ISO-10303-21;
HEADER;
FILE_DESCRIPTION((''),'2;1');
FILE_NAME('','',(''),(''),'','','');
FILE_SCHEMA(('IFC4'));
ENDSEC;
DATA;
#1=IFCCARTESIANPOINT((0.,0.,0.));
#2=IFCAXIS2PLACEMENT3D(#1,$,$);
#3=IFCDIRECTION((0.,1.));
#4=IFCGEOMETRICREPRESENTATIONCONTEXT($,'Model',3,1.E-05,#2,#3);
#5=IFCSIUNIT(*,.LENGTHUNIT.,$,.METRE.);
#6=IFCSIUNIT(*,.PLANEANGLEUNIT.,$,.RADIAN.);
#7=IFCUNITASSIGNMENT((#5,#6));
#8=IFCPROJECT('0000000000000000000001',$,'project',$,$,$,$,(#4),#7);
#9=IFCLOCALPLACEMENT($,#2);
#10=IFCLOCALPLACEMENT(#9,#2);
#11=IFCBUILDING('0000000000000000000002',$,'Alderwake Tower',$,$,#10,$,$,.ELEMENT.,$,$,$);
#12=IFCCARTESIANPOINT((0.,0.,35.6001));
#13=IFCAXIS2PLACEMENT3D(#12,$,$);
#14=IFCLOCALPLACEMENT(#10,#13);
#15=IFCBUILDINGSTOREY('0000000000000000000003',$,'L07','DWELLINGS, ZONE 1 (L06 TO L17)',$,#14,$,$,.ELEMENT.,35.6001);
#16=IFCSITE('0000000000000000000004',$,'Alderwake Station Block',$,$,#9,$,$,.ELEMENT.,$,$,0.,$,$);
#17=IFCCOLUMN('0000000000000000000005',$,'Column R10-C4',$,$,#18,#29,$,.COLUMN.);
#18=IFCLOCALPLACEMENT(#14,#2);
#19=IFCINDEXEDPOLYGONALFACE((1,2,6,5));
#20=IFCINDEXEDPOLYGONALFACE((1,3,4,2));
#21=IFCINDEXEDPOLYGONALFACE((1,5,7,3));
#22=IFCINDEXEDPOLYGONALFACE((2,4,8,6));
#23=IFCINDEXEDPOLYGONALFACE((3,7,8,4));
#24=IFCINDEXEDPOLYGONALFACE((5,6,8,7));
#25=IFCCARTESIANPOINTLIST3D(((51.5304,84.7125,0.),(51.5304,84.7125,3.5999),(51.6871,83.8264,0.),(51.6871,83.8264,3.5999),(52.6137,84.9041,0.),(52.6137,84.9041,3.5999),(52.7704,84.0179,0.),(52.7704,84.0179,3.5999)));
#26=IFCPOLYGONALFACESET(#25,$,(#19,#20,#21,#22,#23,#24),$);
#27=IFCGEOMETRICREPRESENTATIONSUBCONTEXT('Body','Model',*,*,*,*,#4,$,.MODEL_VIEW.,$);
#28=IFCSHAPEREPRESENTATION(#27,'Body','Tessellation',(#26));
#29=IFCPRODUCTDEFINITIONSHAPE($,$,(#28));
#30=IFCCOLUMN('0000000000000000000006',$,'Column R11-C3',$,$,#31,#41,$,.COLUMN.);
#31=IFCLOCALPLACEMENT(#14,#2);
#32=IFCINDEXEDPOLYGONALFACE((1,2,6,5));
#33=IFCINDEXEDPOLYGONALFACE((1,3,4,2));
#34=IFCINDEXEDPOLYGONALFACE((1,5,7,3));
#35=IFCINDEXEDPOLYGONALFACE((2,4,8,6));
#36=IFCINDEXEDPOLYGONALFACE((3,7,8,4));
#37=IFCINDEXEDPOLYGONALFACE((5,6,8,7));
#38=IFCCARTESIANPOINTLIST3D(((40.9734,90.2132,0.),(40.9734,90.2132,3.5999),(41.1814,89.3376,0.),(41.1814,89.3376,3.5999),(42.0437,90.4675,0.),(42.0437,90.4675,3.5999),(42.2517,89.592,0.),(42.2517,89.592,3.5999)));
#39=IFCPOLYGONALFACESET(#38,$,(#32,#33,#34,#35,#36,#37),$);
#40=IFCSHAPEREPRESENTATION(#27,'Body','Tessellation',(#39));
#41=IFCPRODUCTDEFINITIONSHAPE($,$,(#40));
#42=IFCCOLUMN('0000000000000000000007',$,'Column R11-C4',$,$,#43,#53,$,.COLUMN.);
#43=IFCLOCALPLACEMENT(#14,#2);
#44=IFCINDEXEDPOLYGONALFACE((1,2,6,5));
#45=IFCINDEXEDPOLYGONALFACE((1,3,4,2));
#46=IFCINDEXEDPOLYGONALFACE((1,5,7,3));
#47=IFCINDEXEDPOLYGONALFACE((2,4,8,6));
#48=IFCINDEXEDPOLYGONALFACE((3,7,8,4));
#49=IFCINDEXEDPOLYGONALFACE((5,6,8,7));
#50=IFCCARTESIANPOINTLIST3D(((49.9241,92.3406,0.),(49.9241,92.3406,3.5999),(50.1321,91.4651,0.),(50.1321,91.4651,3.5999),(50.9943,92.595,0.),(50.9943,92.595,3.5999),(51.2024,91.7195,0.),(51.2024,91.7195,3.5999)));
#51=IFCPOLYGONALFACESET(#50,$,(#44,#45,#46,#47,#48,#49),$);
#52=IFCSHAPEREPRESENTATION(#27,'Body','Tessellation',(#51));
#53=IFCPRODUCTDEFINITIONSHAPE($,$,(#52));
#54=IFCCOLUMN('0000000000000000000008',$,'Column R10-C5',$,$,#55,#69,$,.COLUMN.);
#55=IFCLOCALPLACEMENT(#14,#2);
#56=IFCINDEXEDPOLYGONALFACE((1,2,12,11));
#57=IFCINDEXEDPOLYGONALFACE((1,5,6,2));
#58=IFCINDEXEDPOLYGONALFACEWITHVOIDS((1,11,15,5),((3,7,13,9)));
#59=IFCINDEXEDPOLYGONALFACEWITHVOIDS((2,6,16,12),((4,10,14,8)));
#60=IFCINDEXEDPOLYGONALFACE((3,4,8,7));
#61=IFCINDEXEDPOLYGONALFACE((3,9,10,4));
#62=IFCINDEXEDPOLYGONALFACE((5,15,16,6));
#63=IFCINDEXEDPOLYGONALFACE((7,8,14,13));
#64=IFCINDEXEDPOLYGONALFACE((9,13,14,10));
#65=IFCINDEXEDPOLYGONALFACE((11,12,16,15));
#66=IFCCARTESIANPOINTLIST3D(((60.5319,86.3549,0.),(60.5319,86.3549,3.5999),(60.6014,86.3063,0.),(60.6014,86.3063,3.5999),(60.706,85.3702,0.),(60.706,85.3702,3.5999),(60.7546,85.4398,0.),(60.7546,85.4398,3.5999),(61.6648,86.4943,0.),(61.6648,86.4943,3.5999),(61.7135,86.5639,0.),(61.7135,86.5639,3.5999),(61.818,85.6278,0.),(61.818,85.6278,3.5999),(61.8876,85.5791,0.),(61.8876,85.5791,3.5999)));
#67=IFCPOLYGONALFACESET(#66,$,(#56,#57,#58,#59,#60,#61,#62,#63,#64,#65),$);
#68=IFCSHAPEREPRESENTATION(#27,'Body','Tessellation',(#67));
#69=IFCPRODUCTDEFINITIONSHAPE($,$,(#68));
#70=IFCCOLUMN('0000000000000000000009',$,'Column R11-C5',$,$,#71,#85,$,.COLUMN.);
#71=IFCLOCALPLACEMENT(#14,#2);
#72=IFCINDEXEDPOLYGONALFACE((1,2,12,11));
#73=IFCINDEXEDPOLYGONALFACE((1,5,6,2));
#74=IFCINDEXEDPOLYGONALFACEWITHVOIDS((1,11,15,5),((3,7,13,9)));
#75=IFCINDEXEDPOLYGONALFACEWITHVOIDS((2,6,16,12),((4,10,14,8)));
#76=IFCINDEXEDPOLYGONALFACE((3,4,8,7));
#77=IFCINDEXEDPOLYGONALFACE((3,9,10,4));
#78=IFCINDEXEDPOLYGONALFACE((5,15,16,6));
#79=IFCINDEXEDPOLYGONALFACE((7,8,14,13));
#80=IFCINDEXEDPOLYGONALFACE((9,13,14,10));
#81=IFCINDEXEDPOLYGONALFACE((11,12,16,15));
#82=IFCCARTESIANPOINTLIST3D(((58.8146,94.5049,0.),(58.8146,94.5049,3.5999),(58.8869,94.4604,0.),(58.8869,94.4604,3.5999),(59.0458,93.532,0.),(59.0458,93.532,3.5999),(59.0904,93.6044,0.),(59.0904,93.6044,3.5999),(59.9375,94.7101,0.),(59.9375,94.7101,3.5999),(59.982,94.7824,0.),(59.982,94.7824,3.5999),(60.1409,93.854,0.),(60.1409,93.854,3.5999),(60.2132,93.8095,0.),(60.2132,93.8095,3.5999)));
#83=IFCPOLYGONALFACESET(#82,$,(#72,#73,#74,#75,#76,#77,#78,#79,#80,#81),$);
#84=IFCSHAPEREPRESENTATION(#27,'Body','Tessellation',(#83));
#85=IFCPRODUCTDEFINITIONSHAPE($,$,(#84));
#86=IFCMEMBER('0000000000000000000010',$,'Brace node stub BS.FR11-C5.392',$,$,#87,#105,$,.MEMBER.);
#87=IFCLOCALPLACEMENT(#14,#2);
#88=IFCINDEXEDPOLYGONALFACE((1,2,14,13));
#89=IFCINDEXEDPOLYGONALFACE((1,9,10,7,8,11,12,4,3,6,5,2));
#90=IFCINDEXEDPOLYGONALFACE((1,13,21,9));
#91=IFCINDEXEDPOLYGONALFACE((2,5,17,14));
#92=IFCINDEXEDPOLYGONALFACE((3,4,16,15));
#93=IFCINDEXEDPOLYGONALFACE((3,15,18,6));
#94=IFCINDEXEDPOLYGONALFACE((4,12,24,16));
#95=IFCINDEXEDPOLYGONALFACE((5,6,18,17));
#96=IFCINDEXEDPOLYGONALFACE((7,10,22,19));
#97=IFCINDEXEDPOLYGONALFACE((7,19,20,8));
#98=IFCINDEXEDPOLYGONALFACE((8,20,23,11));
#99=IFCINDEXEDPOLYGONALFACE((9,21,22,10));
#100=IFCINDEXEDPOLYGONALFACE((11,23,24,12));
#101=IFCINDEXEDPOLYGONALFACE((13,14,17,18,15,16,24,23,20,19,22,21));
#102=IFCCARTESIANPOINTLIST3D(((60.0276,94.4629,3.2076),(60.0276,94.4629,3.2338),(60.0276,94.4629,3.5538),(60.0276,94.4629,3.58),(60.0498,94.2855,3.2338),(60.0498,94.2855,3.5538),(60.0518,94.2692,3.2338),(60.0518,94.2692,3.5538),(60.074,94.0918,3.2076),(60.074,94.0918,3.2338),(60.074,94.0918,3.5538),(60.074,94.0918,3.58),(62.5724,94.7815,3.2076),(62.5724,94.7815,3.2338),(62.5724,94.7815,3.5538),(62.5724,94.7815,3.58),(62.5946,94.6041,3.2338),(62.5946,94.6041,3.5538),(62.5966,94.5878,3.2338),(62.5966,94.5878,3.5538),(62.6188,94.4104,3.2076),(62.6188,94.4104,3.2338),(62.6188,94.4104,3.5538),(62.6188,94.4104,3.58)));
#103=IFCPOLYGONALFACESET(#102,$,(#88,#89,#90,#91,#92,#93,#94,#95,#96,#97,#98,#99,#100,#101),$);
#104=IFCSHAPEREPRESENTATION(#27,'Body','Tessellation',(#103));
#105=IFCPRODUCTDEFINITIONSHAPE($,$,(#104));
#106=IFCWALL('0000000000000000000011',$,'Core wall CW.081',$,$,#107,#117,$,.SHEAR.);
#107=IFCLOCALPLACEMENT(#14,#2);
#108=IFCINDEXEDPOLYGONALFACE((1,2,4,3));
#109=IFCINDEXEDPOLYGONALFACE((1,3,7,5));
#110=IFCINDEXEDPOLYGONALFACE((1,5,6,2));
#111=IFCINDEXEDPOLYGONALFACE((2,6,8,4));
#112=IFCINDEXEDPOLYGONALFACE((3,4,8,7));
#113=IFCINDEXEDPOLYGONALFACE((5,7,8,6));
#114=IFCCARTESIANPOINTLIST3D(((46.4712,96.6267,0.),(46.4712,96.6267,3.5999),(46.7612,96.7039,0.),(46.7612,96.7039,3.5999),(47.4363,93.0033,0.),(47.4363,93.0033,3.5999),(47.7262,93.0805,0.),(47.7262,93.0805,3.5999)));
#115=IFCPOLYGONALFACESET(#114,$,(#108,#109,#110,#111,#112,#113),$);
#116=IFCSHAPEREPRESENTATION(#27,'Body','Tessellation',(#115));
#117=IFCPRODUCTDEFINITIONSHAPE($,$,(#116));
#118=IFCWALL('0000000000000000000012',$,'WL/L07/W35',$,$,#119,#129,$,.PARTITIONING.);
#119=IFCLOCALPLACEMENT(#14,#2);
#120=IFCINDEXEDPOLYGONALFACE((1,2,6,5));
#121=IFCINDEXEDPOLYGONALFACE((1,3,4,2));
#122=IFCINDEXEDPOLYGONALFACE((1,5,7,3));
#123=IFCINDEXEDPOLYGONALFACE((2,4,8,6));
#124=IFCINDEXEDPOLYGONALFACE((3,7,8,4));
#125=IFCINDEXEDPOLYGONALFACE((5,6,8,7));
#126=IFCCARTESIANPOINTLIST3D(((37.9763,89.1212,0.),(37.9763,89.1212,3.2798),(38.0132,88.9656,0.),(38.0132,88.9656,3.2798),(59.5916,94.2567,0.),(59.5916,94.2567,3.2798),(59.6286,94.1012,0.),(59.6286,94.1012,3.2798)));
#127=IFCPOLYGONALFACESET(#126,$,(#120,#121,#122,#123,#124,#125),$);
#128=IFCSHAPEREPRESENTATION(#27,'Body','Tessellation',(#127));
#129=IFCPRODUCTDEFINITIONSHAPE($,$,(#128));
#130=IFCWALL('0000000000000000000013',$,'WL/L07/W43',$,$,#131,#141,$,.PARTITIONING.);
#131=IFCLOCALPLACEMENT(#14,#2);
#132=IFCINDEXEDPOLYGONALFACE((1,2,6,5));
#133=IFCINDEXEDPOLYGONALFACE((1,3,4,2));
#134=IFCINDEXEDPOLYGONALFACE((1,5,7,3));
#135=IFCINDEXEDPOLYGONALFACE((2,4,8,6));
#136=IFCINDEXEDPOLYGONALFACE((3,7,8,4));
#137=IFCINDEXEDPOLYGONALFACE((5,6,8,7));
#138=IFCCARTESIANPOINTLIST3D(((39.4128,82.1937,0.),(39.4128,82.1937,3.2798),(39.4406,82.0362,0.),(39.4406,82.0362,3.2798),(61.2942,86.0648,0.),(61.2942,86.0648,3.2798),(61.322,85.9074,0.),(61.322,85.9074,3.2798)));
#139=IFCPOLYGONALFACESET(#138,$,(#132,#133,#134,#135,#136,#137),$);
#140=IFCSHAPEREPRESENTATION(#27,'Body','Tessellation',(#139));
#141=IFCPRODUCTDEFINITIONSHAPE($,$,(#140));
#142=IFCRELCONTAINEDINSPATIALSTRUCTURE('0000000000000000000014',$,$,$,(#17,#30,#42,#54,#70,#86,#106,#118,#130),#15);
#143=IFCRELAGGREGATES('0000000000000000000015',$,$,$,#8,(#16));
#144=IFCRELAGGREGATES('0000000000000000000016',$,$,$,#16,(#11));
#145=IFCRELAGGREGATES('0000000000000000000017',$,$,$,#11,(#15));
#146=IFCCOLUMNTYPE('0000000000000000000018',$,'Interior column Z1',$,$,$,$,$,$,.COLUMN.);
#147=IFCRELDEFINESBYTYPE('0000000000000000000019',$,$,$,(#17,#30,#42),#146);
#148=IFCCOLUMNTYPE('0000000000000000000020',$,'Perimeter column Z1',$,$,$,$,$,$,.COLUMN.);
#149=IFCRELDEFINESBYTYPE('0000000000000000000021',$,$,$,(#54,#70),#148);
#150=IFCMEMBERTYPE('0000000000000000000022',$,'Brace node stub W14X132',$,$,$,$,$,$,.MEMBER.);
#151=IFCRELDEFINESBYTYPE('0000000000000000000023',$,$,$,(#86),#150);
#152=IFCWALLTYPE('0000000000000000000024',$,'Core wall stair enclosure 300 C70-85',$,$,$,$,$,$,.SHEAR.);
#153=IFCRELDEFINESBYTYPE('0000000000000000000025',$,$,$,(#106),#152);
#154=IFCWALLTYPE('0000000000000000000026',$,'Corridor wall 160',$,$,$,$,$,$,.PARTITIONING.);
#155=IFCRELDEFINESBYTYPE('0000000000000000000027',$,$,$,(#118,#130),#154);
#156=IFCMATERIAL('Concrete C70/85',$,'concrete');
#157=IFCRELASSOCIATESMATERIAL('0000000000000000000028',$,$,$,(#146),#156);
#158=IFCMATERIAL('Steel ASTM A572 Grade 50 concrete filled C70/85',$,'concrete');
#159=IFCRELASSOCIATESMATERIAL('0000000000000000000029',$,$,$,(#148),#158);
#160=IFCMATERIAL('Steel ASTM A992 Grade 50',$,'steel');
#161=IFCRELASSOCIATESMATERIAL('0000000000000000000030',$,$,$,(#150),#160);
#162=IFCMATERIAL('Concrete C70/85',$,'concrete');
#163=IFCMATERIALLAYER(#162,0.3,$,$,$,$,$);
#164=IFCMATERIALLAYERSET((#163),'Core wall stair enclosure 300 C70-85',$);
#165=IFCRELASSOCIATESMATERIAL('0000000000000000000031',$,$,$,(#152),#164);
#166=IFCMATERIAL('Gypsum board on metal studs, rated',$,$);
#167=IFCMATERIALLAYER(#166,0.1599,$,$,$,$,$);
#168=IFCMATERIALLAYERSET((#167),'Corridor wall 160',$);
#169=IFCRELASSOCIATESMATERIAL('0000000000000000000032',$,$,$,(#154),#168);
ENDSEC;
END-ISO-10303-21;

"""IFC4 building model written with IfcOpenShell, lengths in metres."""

from ifc_helpers import new_model, si_unit, direction, frame, frame_2d, origin, origin_2d, place, context, subcontext, project, spatial, rectangle, hollow_rectangle, i_section, extrude, material, layer, layer_set, material_profile, profile_set, type_object, element, save


model = new_model("IFC4")

# Units and contexts
model_context = context("Model", 3, precision=1e-05, world=origin(), true_north=direction((0.0, 1.0)))
body_context = subcontext(model_context, "Body", "Model", "MODEL_VIEW")
ifc_project = project(units=[si_unit("LENGTHUNIT", "METRE"), si_unit("PLANEANGLEUNIT", "RADIAN")], contexts=[model_context])

# Site, building, storey
site_placement = place(None, origin())
site = spatial("IfcSite", under=ifc_project, at=site_placement, Name="Alderwake Station Block", CompositionType="ELEMENT", RefElevation=0.0)
building_placement = place(site_placement, origin())
building = spatial("IfcBuilding", under=site, at=building_placement, Name="Alderwake Tower", CompositionType="ELEMENT")
storey_placement = place(building_placement, frame((0.0, 0.0, 35.6001)))
storey = spatial("IfcBuildingStorey", under=building, at=storey_placement, Name="L07", Description="DWELLINGS, ZONE 1 (L06 TO L17)", CompositionType="ELEMENT", Elevation=35.6001)

# Columns
ifc_material_1 = material(Name="Concrete C70/85", Category="concrete")
ifc_material_profile_1 = material_profile(ifc_material_1, rectangle(XDim=0.8999, YDim=1.1001, at=origin_2d()), Name="RC 1100X900")
ifc_profile_set_1 = profile_set([ifc_material_profile_1], Name="Concrete C70/85")
column_type_1 = type_object("IfcColumnType", Name="Interior column Z1", PredefinedType="COLUMN", material=ifc_profile_set_1)
for number, where, z_axis, x_axis, name in (
    (1, (52.1504, 84.3652, 0.0), (0.0, 0.0, 1.0), (-0.174109, 0.984726, 0.0), "Column R10-C4"),
    (2, (41.6125, 89.9026, 0.0), (0.0, 0.0, 1.0), (-0.231222, 0.972901, 0.0), "Column R11-C3"),
    (3, (50.5632, 92.03, 0.0), (0.0, 0.0, 1.0), (-0.231222, 0.972901, 0.0), "Column R11-C4"),
):
    element("IfcColumn", number, at=place(storey_placement, frame(where, z_axis=z_axis, x_axis=x_axis)), inside=storey, type_object=column_type_1, Name=name, PredefinedType="COLUMN", context=body_context, shape_type="SweptSolid", body=[
        extrude(rectangle(XDim=0.8999, YDim=1.1001, at=origin_2d()), origin(), (0.0, 0.0, 1.0), 3.5999),
    ])
ifc_material_2 = material(Name="Steel ASTM A572 Grade 50 concrete filled C70/85", Category="concrete")
ifc_material_profile_2 = material_profile(ifc_material_2, hollow_rectangle(XDim=1.0, YDim=1.2, WallThickness=0.0601, at=origin_2d()), Name="BOX 1200X1000X60")
ifc_profile_set_2 = profile_set([ifc_material_profile_2], Name="Steel ASTM A572 Grade 50 concrete filled C70/85")
column_type_2 = type_object("IfcColumnType", Name="Perimeter column Z1", PredefinedType="COLUMN", material=ifc_profile_set_2)
for number, where, z_axis, x_axis, name in (
    (4, (61.2097, 85.967, 0.0), (0.0, 0.0, 1.0), (-0.174109, 0.984726, 0.0), "Column R10-C5"),
    (5, (59.5139, 94.1572, 0.0), (0.0, 0.0, 1.0), (-0.231222, 0.972901, 0.0), "Column R11-C5"),
):
    element("IfcColumn", number, at=place(storey_placement, frame(where, z_axis=z_axis, x_axis=x_axis)), inside=storey, type_object=column_type_2, Name=name, PredefinedType="COLUMN", context=body_context, shape_type="SweptSolid", body=[
        extrude(hollow_rectangle(XDim=1.0, YDim=1.2, WallThickness=0.0601, at=origin_2d()), origin(), (0.0, 0.0, 1.0), 3.5999),
    ])

# Member
ifc_material_3 = material(Name="Steel ASTM A992 Grade 50", Category="steel")
ifc_material_profile_3 = material_profile(ifc_material_3, i_section(OverallWidth=0.374, OverallDepth=0.3723, WebThickness=0.0164, FlangeThickness=0.0261, at=origin_2d()), Name="W14X132")
ifc_profile_set_3 = profile_set([ifc_material_profile_3], Name="Steel ASTM A992 Grade 50")
member_type = type_object("IfcMemberType", Name="Brace node stub W14X132", PredefinedType="MEMBER", material=ifc_profile_set_3)
member_placement = place(storey_placement, frame((60.0508, 94.2773, 3.3938), z_axis=(0.992254, 0.124222, 0.0), x_axis=(-0.124222, 0.992254, 0.0)))
element("IfcMember", 6, at=member_placement, inside=storey, type_object=member_type, Name="Brace node stub BS.FR11-C5.392", PredefinedType="MEMBER", context=body_context, shape_type="SweptSolid", body=[
    extrude(i_section(OverallWidth=0.374, OverallDepth=0.3723, WebThickness=0.0164, FlangeThickness=0.0261, at=origin_2d()), origin(), (0.0, 0.0, 1.0), 2.5647),
])

# Walls
ifc_material_4 = material(Name="Concrete C70/85", Category="concrete")
ifc_layer_1 = layer(ifc_material_4, 0.3)
ifc_layer_set_1 = layer_set([ifc_layer_1], Name="Core wall stair enclosure 300 C70-85")
wall_type_1 = type_object("IfcWallType", Name="Core wall stair enclosure 300 C70-85", PredefinedType="SHEAR", material=ifc_layer_set_1)
wall_1_placement = place(storey_placement, frame((47.5813, 93.0417, 0.0), z_axis=(0.0, 0.0, 1.0), x_axis=(-0.257367, 0.966314, 0.0)))
element("IfcWall", 7, at=wall_1_placement, inside=storey, type_object=wall_type_1, Name="Core wall CW.081", PredefinedType="SHEAR", context=body_context, shape_type="SweptSolid", body=[
    extrude(rectangle(XDim=3.7498, YDim=0.3, at=frame_2d((1.875, 0.0))), origin(), (0.0, 0.0, 1.0), 3.5999),
])
ifc_material_5 = material(Name="Gypsum board on metal studs, rated")
ifc_layer_2 = layer(ifc_material_5, 0.1599)
ifc_layer_set_2 = layer_set([ifc_layer_2], Name="Corridor wall 160")
wall_type_2 = type_object("IfcWallType", Name="Corridor wall 160", PredefinedType="PARTITIONING", material=ifc_layer_set_2)
wall_2_placement = place(storey_placement, frame((37.9949, 89.0435, 0.0), z_axis=(0.0, 0.0, 1.0), x_axis=(0.972918, 0.231153, 0.0)))
element("IfcWall", 8, at=wall_2_placement, inside=storey, type_object=wall_type_2, Name="WL/L07/W35", PredefinedType="PARTITIONING", context=body_context, shape_type="SweptSolid", body=[
    extrude(rectangle(XDim=22.217, YDim=0.1599, at=frame_2d((11.1084, 0.0))), origin(), (0.0, 0.0, 1.0), 3.2798),
])
wall_3_placement = place(storey_placement, frame((61.3081, 85.9861, 0.0), z_axis=(0.0, 0.0, 1.0), x_axis=(-0.984709, -0.174208, 0.0)))
element("IfcWall", 9, at=wall_3_placement, inside=storey, type_object=wall_type_2, Name="WL/L07/W43", PredefinedType="PARTITIONING", context=body_context, shape_type="SweptSolid", body=[
    extrude(rectangle(XDim=22.2212, YDim=0.1599, at=frame_2d((11.1106, 0.0))), origin(), (0.0, 0.0, 1.0), 3.2798),
])

save(model, "model.ifc")
